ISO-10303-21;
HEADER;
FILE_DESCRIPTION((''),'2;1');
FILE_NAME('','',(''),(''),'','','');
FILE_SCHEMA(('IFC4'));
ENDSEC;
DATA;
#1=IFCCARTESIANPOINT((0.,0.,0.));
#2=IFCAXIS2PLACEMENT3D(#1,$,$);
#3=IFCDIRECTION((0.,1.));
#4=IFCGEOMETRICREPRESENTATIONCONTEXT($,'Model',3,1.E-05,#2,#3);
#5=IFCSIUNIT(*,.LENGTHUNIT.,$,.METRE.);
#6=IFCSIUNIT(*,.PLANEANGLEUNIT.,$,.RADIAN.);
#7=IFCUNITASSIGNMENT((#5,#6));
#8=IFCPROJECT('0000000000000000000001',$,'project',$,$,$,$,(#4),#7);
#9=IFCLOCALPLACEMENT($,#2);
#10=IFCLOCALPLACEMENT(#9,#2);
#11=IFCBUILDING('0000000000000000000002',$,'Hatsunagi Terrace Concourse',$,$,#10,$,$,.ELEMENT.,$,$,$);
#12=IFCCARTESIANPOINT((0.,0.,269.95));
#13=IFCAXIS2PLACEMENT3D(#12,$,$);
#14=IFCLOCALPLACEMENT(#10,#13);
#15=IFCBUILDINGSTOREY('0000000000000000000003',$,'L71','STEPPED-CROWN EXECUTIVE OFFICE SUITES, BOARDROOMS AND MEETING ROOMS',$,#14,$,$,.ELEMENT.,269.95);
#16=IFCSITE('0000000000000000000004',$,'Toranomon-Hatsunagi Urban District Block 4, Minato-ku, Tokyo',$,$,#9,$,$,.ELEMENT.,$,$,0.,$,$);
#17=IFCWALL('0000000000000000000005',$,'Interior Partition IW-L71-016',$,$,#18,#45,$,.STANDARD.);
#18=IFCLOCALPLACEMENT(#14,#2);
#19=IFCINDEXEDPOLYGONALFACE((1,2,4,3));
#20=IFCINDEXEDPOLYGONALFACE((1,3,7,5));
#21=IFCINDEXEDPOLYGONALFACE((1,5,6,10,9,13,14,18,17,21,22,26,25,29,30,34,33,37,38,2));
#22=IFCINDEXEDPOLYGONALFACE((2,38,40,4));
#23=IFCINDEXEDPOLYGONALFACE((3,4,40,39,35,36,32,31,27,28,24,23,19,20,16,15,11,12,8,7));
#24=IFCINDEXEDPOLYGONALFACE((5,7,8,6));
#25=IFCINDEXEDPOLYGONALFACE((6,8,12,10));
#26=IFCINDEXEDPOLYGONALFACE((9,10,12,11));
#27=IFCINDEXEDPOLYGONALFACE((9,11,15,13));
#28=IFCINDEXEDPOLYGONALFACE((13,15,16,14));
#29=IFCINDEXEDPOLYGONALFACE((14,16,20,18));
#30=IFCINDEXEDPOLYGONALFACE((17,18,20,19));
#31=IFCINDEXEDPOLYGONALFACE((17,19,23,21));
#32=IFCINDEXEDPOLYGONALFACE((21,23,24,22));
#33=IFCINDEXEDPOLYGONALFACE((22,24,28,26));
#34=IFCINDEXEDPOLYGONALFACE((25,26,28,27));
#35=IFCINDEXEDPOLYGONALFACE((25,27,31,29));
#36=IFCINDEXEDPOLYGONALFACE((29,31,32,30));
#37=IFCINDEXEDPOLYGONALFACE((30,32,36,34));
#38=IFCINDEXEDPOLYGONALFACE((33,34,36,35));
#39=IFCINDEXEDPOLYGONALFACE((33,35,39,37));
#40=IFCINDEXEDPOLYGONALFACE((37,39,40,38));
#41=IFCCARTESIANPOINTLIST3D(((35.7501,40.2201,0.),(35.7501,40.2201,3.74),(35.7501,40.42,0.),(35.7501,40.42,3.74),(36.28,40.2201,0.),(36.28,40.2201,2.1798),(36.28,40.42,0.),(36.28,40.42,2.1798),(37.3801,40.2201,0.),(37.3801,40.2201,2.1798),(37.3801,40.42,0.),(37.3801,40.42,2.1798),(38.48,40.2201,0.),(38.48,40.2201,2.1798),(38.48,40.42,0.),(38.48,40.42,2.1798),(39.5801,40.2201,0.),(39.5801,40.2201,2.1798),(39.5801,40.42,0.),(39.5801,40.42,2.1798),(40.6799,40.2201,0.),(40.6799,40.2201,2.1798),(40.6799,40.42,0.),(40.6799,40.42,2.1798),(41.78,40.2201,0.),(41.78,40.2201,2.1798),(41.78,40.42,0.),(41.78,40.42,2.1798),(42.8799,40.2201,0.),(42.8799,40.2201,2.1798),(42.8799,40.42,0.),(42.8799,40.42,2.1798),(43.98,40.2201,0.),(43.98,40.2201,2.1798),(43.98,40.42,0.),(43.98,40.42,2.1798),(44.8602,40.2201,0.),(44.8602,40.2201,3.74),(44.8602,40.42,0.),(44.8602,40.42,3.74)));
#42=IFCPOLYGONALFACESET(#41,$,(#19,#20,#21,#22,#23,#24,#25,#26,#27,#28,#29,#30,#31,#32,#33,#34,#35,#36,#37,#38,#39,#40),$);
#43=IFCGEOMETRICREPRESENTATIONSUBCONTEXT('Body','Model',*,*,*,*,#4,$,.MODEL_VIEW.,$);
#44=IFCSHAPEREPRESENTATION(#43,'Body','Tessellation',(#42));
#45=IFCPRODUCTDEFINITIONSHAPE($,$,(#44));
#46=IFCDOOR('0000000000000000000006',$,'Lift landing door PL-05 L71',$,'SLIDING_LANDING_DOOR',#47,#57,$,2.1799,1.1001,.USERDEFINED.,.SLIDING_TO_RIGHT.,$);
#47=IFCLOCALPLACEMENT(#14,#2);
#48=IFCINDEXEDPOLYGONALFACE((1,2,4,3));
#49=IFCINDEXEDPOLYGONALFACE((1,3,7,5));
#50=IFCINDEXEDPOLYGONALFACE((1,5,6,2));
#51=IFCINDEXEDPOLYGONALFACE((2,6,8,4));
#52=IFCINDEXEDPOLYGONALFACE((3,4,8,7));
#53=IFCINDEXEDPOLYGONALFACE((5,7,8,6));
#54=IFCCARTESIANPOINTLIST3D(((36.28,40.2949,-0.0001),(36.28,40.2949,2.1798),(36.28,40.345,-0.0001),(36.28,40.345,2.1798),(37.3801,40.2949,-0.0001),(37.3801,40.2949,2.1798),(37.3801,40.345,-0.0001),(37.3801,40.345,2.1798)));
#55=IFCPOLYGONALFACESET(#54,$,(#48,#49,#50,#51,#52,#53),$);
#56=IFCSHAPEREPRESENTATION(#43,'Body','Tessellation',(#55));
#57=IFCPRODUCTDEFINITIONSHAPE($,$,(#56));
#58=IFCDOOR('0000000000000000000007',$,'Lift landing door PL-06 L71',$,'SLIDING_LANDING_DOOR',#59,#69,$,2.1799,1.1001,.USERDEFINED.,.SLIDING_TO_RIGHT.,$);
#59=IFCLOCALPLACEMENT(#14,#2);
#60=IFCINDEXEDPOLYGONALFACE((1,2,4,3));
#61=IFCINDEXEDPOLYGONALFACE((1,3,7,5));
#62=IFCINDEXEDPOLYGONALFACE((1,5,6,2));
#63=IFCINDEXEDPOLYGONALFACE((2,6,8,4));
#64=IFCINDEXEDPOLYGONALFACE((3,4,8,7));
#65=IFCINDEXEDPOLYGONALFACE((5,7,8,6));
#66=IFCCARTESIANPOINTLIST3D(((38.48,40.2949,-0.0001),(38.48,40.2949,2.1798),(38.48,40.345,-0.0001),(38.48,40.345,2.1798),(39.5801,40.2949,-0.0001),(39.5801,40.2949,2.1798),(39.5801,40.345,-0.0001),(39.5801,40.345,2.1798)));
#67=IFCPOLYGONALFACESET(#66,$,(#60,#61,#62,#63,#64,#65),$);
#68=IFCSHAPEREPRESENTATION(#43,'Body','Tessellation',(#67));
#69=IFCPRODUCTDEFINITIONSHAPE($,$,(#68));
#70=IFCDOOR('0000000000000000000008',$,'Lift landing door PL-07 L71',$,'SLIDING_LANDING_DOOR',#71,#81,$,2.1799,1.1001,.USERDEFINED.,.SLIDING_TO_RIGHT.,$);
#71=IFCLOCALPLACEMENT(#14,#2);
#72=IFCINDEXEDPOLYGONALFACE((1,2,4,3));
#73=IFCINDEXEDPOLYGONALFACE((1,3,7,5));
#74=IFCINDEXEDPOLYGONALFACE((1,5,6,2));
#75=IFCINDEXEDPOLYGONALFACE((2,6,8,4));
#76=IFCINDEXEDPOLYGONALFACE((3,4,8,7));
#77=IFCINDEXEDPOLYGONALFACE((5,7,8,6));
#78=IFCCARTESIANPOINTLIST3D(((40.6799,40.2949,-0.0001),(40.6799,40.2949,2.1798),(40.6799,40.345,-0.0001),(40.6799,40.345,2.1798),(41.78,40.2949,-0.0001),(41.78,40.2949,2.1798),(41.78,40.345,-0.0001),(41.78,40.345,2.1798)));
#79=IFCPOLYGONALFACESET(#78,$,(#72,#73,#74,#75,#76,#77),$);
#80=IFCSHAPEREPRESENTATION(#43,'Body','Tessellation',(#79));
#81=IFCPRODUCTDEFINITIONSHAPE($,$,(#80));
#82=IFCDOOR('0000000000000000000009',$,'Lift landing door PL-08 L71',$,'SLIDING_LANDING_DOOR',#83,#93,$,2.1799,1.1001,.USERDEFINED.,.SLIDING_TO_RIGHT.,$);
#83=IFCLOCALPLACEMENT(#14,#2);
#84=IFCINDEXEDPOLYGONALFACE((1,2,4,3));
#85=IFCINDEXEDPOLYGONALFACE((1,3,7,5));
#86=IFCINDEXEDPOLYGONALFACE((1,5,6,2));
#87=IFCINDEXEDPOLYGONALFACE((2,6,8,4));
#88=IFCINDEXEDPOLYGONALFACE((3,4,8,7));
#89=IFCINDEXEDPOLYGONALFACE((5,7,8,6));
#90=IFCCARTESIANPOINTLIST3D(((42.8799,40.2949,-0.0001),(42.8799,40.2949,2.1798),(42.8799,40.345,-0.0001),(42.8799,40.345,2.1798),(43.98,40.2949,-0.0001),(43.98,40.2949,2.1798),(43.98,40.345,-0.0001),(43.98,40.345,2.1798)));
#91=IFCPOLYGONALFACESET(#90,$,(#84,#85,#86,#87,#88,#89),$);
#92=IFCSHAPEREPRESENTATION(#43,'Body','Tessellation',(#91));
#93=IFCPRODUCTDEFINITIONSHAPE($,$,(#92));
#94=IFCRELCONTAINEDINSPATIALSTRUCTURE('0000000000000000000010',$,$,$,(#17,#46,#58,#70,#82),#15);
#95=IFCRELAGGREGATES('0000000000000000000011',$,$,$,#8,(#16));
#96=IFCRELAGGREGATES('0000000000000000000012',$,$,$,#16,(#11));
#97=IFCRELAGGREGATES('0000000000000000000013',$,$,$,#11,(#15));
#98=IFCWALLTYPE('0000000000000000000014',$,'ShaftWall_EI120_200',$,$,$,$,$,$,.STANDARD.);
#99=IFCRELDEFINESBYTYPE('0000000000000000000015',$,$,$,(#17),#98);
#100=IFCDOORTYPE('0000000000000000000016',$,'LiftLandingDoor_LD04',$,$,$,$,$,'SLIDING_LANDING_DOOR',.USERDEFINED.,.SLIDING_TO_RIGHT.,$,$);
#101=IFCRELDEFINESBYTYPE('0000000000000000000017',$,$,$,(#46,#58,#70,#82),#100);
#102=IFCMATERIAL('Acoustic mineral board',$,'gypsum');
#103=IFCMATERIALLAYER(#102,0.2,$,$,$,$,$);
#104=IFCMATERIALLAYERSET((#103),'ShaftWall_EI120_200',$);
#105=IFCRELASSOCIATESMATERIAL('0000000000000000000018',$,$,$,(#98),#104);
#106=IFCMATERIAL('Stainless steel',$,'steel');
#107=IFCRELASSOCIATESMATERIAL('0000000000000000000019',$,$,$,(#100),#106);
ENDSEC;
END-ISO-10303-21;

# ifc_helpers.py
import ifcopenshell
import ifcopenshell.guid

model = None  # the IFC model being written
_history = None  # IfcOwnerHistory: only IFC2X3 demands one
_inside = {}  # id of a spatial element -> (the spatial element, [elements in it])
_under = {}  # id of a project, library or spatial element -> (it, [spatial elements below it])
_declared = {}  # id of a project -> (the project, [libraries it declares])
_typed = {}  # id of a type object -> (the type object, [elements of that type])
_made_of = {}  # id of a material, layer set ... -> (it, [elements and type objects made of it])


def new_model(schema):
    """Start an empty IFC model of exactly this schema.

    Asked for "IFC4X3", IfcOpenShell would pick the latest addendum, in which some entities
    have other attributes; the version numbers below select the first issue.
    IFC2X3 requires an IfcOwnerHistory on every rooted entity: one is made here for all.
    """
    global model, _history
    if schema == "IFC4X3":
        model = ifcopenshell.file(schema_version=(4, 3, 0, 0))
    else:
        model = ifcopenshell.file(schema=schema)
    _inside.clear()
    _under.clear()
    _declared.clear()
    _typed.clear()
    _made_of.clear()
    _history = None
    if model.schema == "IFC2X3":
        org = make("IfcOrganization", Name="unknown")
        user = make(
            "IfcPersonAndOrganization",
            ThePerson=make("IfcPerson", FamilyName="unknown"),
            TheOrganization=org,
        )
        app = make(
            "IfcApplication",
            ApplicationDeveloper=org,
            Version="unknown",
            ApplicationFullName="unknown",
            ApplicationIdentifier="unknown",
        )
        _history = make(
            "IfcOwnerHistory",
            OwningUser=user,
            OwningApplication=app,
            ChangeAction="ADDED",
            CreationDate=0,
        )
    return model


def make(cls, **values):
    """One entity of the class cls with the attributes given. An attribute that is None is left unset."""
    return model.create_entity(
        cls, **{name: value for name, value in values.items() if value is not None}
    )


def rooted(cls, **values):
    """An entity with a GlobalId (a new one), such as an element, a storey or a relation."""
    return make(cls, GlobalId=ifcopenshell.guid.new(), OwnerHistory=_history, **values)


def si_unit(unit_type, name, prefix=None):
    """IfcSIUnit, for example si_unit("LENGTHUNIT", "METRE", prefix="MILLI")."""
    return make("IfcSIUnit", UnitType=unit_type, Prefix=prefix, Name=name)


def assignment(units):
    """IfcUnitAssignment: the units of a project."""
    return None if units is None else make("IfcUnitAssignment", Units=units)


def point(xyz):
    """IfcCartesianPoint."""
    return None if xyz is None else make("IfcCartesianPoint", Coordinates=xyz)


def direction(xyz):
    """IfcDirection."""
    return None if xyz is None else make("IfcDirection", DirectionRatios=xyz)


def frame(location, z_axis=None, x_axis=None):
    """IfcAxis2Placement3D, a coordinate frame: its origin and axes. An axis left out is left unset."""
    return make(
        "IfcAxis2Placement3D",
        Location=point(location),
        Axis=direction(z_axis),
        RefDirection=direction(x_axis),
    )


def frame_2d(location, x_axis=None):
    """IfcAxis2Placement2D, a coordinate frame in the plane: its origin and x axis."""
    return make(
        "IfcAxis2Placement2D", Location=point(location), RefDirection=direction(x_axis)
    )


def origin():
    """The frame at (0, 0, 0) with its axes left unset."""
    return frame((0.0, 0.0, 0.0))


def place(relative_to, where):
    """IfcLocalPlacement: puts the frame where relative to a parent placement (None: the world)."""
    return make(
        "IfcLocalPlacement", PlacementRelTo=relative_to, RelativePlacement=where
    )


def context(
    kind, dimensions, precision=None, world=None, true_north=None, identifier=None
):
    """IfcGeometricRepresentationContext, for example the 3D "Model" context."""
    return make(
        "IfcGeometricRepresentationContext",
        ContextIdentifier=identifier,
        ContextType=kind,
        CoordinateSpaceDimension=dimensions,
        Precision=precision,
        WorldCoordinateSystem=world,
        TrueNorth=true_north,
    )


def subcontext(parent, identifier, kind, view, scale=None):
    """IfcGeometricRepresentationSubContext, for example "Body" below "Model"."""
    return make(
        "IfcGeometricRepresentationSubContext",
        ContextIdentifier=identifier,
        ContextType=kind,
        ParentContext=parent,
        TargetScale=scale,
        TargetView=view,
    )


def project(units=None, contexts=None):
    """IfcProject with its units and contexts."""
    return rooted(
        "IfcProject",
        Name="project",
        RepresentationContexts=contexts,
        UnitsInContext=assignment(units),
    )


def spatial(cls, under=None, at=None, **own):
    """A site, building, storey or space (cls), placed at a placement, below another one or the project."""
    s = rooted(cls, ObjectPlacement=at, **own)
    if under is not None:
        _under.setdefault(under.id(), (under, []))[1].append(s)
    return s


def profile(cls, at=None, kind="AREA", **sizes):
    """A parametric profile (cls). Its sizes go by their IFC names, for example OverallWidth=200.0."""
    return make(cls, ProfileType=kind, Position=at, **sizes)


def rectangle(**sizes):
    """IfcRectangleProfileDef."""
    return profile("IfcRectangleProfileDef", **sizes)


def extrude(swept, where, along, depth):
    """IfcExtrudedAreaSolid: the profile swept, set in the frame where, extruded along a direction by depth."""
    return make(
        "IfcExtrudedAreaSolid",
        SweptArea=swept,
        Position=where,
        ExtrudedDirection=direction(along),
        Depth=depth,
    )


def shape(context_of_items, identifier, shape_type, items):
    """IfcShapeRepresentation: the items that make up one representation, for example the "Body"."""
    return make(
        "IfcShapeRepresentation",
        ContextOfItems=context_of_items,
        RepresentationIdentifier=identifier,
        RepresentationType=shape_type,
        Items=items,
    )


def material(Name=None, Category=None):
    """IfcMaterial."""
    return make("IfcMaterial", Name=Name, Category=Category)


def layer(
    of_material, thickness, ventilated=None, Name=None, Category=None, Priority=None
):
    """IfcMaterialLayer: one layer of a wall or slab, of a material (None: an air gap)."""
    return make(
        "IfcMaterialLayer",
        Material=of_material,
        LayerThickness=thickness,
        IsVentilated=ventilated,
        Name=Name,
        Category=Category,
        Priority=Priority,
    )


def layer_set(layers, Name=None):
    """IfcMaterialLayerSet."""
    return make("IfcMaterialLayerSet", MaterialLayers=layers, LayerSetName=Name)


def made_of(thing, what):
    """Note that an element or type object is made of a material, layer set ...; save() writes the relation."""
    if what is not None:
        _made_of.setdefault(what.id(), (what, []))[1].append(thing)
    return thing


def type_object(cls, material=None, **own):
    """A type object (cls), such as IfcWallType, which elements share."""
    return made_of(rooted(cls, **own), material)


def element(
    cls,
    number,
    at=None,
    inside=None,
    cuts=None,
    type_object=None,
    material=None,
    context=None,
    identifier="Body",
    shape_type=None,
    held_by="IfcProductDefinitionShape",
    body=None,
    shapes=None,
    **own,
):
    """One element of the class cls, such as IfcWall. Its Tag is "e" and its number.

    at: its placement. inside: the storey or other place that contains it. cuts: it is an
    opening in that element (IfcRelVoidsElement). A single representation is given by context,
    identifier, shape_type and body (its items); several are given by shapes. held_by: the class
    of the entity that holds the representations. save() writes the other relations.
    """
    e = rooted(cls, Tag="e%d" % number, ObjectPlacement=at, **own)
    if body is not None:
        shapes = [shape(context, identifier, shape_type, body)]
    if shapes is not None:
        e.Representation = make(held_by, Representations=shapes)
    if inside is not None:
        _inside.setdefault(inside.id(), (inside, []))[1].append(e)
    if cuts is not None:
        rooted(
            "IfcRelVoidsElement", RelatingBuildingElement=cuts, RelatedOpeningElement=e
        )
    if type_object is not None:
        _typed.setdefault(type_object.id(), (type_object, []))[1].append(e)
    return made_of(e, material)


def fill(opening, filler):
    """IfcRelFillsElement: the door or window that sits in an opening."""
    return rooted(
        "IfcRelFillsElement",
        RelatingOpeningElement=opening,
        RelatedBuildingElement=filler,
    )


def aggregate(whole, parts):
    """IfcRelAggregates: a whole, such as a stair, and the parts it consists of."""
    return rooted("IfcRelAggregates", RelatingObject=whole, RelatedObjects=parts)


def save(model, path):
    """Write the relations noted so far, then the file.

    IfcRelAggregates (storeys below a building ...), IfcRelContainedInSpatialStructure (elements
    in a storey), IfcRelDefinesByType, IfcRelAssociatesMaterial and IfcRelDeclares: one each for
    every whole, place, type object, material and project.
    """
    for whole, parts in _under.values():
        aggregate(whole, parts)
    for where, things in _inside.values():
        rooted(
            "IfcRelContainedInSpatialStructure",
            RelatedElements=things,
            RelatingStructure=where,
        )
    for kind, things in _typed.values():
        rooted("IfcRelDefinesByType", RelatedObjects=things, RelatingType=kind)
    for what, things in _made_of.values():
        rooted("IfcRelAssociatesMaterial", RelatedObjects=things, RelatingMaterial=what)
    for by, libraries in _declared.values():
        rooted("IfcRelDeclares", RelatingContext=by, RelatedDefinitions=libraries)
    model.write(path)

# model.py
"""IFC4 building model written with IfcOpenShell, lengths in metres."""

from ifc_helpers import new_model, si_unit, direction, frame, frame_2d, origin, place, context, subcontext, project, spatial, rectangle, extrude, material, layer, layer_set, type_object, element, fill, save


model = new_model("IFC4")

# Units and contexts
model_context = context("Model", 3, precision=1e-05, world=origin(), true_north=direction((0.0, 1.0)))
body_context = subcontext(model_context, "Body", "Model", "MODEL_VIEW")
ifc_project = project(units=[si_unit("LENGTHUNIT", "METRE"), si_unit("PLANEANGLEUNIT", "RADIAN")], contexts=[model_context])

# Site, building, storey
site_placement = place(None, origin())
site = spatial("IfcSite", under=ifc_project, at=site_placement, Name="Toranomon-Hatsunagi Urban District Block 4, Minato-ku, Tokyo", CompositionType="ELEMENT", RefElevation=0.0)
building_placement = place(site_placement, origin())
building = spatial("IfcBuilding", under=site, at=building_placement, Name="Hatsunagi Terrace Concourse", CompositionType="ELEMENT")
storey_placement = place(building_placement, frame((0.0, 0.0, 269.95)))
storey = spatial("IfcBuildingStorey", under=building, at=storey_placement, Name="L71", Description="STEPPED-CROWN EXECUTIVE OFFICE SUITES, BOARDROOMS AND MEETING ROOMS", CompositionType="ELEMENT", Elevation=269.95)

# Shared definitions
ifc_material_1 = material(Name="Acoustic mineral board", Category="gypsum")
ifc_layer_1 = layer(ifc_material_1, 0.2)
ifc_layer_set_1 = layer_set([ifc_layer_1], Name="ShaftWall_EI120_200")
wall_type_1 = type_object("IfcWallType", Name="ShaftWall_EI120_200", PredefinedType="STANDARD", material=ifc_layer_set_1)

# Wall, openings, doors
wall_1_placement = place(storey_placement, frame((35.75, 40.3201, 0.0), z_axis=(0.0, 0.0, 1.0), x_axis=(1.0, 0.0, 0.0)))
wall_1 = element("IfcWall", 1, at=wall_1_placement, inside=storey, type_object=wall_type_1, Name="Interior Partition IW-L71-016", PredefinedType="STANDARD", context=body_context, shape_type="SweptSolid", body=[
    extrude(rectangle(XDim=9.1101, YDim=0.2, at=frame_2d((4.5552, 0.0))), origin(), (0.0, 0.0, 1.0), 3.74),
])
opening_1_placement = place(wall_1_placement, frame((0.53, 0.0, 0.0)))
opening_1 = element("IfcOpeningElement", 2, at=opening_1_placement, cuts=wall_1, PredefinedType="OPENING", context=body_context, shape_type="SweptSolid", body=[
    extrude(rectangle(XDim=1.1001, YDim=2.1799, at=frame_2d((0.55, 1.0898))), frame((0.0, 0.1099, 0.0), z_axis=(0.0, -1.0, 0.0), x_axis=(1.0, 0.0, 0.0)), (0.0, 0.0, 1.0), 0.22),
])
opening_2_placement = place(wall_1_placement, frame((2.73, 0.0, 0.0)))
opening_2 = element("IfcOpeningElement", 3, at=opening_2_placement, cuts=wall_1, PredefinedType="OPENING", context=body_context, shape_type="SweptSolid", body=[
    extrude(rectangle(XDim=1.1001, YDim=2.1799, at=frame_2d((0.55, 1.0898))), frame((0.0, 0.1099, 0.0), z_axis=(0.0, -1.0, 0.0), x_axis=(1.0, 0.0, 0.0)), (0.0, 0.0, 1.0), 0.22),
])
opening_3_placement = place(wall_1_placement, frame((4.9299, 0.0, 0.0)))
opening_3 = element("IfcOpeningElement", 4, at=opening_3_placement, cuts=wall_1, PredefinedType="OPENING", context=body_context, shape_type="SweptSolid", body=[
    extrude(rectangle(XDim=1.1001, YDim=2.1799, at=frame_2d((0.55, 1.0898))), frame((0.0, 0.1099, 0.0), z_axis=(0.0, -1.0, 0.0), x_axis=(1.0, 0.0, 0.0)), (0.0, 0.0, 1.0), 0.22),
])
opening_4_placement = place(wall_1_placement, frame((7.1299, 0.0, 0.0)))
opening_4 = element("IfcOpeningElement", 5, at=opening_4_placement, cuts=wall_1, PredefinedType="OPENING", context=body_context, shape_type="SweptSolid", body=[
    extrude(rectangle(XDim=1.1001, YDim=2.1799, at=frame_2d((0.55, 1.0898))), frame((0.0, 0.1099, 0.0), z_axis=(0.0, -1.0, 0.0), x_axis=(1.0, 0.0, 0.0)), (0.0, 0.0, 1.0), 0.22),
])
ifc_material_2 = material(Name="Stainless steel", Category="steel")
door_type_1 = type_object("IfcDoorType", Name="LiftLandingDoor_LD04", ElementType="SLIDING_LANDING_DOOR", OperationType="SLIDING_TO_RIGHT", PredefinedType="USERDEFINED", material=ifc_material_2)
door_1_placement = place(opening_1_placement, origin())
door_1 = element("IfcDoor", 6, at=door_1_placement, inside=storey, type_object=door_type_1, Name="Lift landing door PL-05 L71", ObjectType="SLIDING_LANDING_DOOR", OperationType="SLIDING_TO_RIGHT", OverallHeight=2.1799, OverallWidth=1.1001, PredefinedType="USERDEFINED", context=body_context, shape_type="SweptSolid", body=[
    extrude(rectangle(XDim=1.1001, YDim=2.1799, at=frame_2d((0.55, 1.0898))), frame((0.0, 0.0249, 0.0), z_axis=(0.0, -1.0, 0.0), x_axis=(1.0, 0.0, 0.0)), (0.0, 0.0, 1.0), 0.05),
])
fill(opening_1, door_1)
door_2_placement = place(opening_2_placement, origin())
door_2 = element("IfcDoor", 7, at=door_2_placement, inside=storey, type_object=door_type_1, Name="Lift landing door PL-06 L71", ObjectType="SLIDING_LANDING_DOOR", OperationType="SLIDING_TO_RIGHT", OverallHeight=2.1799, OverallWidth=1.1001, PredefinedType="USERDEFINED", context=body_context, shape_type="SweptSolid", body=[
    extrude(rectangle(XDim=1.1001, YDim=2.1799, at=frame_2d((0.55, 1.0898))), frame((0.0, 0.0249, 0.0), z_axis=(0.0, -1.0, 0.0), x_axis=(1.0, 0.0, 0.0)), (0.0, 0.0, 1.0), 0.05),
])
fill(opening_2, door_2)
door_3_placement = place(opening_3_placement, origin())
door_3 = element("IfcDoor", 8, at=door_3_placement, inside=storey, type_object=door_type_1, Name="Lift landing door PL-07 L71", ObjectType="SLIDING_LANDING_DOOR", OperationType="SLIDING_TO_RIGHT", OverallHeight=2.1799, OverallWidth=1.1001, PredefinedType="USERDEFINED", context=body_context, shape_type="SweptSolid", body=[
    extrude(rectangle(XDim=1.1001, YDim=2.1799, at=frame_2d((0.55, 1.0898))), frame((0.0, 0.0249, 0.0), z_axis=(0.0, -1.0, 0.0), x_axis=(1.0, 0.0, 0.0)), (0.0, 0.0, 1.0), 0.05),
])
fill(opening_3, door_3)
door_4_placement = place(opening_4_placement, origin())
door_4 = element("IfcDoor", 9, at=door_4_placement, inside=storey, type_object=door_type_1, Name="Lift landing door PL-08 L71", ObjectType="SLIDING_LANDING_DOOR", OperationType="SLIDING_TO_RIGHT", OverallHeight=2.1799, OverallWidth=1.1001, PredefinedType="USERDEFINED", context=body_context, shape_type="SweptSolid", body=[
    extrude(rectangle(XDim=1.1001, YDim=2.1799, at=frame_2d((0.55, 1.0898))), frame((0.0, 0.0249, 0.0), z_axis=(0.0, -1.0, 0.0), x_axis=(1.0, 0.0, 0.0)), (0.0, 0.0, 1.0), 0.05),
])
fill(opening_4, door_4)

save(model, "model.ifc")
